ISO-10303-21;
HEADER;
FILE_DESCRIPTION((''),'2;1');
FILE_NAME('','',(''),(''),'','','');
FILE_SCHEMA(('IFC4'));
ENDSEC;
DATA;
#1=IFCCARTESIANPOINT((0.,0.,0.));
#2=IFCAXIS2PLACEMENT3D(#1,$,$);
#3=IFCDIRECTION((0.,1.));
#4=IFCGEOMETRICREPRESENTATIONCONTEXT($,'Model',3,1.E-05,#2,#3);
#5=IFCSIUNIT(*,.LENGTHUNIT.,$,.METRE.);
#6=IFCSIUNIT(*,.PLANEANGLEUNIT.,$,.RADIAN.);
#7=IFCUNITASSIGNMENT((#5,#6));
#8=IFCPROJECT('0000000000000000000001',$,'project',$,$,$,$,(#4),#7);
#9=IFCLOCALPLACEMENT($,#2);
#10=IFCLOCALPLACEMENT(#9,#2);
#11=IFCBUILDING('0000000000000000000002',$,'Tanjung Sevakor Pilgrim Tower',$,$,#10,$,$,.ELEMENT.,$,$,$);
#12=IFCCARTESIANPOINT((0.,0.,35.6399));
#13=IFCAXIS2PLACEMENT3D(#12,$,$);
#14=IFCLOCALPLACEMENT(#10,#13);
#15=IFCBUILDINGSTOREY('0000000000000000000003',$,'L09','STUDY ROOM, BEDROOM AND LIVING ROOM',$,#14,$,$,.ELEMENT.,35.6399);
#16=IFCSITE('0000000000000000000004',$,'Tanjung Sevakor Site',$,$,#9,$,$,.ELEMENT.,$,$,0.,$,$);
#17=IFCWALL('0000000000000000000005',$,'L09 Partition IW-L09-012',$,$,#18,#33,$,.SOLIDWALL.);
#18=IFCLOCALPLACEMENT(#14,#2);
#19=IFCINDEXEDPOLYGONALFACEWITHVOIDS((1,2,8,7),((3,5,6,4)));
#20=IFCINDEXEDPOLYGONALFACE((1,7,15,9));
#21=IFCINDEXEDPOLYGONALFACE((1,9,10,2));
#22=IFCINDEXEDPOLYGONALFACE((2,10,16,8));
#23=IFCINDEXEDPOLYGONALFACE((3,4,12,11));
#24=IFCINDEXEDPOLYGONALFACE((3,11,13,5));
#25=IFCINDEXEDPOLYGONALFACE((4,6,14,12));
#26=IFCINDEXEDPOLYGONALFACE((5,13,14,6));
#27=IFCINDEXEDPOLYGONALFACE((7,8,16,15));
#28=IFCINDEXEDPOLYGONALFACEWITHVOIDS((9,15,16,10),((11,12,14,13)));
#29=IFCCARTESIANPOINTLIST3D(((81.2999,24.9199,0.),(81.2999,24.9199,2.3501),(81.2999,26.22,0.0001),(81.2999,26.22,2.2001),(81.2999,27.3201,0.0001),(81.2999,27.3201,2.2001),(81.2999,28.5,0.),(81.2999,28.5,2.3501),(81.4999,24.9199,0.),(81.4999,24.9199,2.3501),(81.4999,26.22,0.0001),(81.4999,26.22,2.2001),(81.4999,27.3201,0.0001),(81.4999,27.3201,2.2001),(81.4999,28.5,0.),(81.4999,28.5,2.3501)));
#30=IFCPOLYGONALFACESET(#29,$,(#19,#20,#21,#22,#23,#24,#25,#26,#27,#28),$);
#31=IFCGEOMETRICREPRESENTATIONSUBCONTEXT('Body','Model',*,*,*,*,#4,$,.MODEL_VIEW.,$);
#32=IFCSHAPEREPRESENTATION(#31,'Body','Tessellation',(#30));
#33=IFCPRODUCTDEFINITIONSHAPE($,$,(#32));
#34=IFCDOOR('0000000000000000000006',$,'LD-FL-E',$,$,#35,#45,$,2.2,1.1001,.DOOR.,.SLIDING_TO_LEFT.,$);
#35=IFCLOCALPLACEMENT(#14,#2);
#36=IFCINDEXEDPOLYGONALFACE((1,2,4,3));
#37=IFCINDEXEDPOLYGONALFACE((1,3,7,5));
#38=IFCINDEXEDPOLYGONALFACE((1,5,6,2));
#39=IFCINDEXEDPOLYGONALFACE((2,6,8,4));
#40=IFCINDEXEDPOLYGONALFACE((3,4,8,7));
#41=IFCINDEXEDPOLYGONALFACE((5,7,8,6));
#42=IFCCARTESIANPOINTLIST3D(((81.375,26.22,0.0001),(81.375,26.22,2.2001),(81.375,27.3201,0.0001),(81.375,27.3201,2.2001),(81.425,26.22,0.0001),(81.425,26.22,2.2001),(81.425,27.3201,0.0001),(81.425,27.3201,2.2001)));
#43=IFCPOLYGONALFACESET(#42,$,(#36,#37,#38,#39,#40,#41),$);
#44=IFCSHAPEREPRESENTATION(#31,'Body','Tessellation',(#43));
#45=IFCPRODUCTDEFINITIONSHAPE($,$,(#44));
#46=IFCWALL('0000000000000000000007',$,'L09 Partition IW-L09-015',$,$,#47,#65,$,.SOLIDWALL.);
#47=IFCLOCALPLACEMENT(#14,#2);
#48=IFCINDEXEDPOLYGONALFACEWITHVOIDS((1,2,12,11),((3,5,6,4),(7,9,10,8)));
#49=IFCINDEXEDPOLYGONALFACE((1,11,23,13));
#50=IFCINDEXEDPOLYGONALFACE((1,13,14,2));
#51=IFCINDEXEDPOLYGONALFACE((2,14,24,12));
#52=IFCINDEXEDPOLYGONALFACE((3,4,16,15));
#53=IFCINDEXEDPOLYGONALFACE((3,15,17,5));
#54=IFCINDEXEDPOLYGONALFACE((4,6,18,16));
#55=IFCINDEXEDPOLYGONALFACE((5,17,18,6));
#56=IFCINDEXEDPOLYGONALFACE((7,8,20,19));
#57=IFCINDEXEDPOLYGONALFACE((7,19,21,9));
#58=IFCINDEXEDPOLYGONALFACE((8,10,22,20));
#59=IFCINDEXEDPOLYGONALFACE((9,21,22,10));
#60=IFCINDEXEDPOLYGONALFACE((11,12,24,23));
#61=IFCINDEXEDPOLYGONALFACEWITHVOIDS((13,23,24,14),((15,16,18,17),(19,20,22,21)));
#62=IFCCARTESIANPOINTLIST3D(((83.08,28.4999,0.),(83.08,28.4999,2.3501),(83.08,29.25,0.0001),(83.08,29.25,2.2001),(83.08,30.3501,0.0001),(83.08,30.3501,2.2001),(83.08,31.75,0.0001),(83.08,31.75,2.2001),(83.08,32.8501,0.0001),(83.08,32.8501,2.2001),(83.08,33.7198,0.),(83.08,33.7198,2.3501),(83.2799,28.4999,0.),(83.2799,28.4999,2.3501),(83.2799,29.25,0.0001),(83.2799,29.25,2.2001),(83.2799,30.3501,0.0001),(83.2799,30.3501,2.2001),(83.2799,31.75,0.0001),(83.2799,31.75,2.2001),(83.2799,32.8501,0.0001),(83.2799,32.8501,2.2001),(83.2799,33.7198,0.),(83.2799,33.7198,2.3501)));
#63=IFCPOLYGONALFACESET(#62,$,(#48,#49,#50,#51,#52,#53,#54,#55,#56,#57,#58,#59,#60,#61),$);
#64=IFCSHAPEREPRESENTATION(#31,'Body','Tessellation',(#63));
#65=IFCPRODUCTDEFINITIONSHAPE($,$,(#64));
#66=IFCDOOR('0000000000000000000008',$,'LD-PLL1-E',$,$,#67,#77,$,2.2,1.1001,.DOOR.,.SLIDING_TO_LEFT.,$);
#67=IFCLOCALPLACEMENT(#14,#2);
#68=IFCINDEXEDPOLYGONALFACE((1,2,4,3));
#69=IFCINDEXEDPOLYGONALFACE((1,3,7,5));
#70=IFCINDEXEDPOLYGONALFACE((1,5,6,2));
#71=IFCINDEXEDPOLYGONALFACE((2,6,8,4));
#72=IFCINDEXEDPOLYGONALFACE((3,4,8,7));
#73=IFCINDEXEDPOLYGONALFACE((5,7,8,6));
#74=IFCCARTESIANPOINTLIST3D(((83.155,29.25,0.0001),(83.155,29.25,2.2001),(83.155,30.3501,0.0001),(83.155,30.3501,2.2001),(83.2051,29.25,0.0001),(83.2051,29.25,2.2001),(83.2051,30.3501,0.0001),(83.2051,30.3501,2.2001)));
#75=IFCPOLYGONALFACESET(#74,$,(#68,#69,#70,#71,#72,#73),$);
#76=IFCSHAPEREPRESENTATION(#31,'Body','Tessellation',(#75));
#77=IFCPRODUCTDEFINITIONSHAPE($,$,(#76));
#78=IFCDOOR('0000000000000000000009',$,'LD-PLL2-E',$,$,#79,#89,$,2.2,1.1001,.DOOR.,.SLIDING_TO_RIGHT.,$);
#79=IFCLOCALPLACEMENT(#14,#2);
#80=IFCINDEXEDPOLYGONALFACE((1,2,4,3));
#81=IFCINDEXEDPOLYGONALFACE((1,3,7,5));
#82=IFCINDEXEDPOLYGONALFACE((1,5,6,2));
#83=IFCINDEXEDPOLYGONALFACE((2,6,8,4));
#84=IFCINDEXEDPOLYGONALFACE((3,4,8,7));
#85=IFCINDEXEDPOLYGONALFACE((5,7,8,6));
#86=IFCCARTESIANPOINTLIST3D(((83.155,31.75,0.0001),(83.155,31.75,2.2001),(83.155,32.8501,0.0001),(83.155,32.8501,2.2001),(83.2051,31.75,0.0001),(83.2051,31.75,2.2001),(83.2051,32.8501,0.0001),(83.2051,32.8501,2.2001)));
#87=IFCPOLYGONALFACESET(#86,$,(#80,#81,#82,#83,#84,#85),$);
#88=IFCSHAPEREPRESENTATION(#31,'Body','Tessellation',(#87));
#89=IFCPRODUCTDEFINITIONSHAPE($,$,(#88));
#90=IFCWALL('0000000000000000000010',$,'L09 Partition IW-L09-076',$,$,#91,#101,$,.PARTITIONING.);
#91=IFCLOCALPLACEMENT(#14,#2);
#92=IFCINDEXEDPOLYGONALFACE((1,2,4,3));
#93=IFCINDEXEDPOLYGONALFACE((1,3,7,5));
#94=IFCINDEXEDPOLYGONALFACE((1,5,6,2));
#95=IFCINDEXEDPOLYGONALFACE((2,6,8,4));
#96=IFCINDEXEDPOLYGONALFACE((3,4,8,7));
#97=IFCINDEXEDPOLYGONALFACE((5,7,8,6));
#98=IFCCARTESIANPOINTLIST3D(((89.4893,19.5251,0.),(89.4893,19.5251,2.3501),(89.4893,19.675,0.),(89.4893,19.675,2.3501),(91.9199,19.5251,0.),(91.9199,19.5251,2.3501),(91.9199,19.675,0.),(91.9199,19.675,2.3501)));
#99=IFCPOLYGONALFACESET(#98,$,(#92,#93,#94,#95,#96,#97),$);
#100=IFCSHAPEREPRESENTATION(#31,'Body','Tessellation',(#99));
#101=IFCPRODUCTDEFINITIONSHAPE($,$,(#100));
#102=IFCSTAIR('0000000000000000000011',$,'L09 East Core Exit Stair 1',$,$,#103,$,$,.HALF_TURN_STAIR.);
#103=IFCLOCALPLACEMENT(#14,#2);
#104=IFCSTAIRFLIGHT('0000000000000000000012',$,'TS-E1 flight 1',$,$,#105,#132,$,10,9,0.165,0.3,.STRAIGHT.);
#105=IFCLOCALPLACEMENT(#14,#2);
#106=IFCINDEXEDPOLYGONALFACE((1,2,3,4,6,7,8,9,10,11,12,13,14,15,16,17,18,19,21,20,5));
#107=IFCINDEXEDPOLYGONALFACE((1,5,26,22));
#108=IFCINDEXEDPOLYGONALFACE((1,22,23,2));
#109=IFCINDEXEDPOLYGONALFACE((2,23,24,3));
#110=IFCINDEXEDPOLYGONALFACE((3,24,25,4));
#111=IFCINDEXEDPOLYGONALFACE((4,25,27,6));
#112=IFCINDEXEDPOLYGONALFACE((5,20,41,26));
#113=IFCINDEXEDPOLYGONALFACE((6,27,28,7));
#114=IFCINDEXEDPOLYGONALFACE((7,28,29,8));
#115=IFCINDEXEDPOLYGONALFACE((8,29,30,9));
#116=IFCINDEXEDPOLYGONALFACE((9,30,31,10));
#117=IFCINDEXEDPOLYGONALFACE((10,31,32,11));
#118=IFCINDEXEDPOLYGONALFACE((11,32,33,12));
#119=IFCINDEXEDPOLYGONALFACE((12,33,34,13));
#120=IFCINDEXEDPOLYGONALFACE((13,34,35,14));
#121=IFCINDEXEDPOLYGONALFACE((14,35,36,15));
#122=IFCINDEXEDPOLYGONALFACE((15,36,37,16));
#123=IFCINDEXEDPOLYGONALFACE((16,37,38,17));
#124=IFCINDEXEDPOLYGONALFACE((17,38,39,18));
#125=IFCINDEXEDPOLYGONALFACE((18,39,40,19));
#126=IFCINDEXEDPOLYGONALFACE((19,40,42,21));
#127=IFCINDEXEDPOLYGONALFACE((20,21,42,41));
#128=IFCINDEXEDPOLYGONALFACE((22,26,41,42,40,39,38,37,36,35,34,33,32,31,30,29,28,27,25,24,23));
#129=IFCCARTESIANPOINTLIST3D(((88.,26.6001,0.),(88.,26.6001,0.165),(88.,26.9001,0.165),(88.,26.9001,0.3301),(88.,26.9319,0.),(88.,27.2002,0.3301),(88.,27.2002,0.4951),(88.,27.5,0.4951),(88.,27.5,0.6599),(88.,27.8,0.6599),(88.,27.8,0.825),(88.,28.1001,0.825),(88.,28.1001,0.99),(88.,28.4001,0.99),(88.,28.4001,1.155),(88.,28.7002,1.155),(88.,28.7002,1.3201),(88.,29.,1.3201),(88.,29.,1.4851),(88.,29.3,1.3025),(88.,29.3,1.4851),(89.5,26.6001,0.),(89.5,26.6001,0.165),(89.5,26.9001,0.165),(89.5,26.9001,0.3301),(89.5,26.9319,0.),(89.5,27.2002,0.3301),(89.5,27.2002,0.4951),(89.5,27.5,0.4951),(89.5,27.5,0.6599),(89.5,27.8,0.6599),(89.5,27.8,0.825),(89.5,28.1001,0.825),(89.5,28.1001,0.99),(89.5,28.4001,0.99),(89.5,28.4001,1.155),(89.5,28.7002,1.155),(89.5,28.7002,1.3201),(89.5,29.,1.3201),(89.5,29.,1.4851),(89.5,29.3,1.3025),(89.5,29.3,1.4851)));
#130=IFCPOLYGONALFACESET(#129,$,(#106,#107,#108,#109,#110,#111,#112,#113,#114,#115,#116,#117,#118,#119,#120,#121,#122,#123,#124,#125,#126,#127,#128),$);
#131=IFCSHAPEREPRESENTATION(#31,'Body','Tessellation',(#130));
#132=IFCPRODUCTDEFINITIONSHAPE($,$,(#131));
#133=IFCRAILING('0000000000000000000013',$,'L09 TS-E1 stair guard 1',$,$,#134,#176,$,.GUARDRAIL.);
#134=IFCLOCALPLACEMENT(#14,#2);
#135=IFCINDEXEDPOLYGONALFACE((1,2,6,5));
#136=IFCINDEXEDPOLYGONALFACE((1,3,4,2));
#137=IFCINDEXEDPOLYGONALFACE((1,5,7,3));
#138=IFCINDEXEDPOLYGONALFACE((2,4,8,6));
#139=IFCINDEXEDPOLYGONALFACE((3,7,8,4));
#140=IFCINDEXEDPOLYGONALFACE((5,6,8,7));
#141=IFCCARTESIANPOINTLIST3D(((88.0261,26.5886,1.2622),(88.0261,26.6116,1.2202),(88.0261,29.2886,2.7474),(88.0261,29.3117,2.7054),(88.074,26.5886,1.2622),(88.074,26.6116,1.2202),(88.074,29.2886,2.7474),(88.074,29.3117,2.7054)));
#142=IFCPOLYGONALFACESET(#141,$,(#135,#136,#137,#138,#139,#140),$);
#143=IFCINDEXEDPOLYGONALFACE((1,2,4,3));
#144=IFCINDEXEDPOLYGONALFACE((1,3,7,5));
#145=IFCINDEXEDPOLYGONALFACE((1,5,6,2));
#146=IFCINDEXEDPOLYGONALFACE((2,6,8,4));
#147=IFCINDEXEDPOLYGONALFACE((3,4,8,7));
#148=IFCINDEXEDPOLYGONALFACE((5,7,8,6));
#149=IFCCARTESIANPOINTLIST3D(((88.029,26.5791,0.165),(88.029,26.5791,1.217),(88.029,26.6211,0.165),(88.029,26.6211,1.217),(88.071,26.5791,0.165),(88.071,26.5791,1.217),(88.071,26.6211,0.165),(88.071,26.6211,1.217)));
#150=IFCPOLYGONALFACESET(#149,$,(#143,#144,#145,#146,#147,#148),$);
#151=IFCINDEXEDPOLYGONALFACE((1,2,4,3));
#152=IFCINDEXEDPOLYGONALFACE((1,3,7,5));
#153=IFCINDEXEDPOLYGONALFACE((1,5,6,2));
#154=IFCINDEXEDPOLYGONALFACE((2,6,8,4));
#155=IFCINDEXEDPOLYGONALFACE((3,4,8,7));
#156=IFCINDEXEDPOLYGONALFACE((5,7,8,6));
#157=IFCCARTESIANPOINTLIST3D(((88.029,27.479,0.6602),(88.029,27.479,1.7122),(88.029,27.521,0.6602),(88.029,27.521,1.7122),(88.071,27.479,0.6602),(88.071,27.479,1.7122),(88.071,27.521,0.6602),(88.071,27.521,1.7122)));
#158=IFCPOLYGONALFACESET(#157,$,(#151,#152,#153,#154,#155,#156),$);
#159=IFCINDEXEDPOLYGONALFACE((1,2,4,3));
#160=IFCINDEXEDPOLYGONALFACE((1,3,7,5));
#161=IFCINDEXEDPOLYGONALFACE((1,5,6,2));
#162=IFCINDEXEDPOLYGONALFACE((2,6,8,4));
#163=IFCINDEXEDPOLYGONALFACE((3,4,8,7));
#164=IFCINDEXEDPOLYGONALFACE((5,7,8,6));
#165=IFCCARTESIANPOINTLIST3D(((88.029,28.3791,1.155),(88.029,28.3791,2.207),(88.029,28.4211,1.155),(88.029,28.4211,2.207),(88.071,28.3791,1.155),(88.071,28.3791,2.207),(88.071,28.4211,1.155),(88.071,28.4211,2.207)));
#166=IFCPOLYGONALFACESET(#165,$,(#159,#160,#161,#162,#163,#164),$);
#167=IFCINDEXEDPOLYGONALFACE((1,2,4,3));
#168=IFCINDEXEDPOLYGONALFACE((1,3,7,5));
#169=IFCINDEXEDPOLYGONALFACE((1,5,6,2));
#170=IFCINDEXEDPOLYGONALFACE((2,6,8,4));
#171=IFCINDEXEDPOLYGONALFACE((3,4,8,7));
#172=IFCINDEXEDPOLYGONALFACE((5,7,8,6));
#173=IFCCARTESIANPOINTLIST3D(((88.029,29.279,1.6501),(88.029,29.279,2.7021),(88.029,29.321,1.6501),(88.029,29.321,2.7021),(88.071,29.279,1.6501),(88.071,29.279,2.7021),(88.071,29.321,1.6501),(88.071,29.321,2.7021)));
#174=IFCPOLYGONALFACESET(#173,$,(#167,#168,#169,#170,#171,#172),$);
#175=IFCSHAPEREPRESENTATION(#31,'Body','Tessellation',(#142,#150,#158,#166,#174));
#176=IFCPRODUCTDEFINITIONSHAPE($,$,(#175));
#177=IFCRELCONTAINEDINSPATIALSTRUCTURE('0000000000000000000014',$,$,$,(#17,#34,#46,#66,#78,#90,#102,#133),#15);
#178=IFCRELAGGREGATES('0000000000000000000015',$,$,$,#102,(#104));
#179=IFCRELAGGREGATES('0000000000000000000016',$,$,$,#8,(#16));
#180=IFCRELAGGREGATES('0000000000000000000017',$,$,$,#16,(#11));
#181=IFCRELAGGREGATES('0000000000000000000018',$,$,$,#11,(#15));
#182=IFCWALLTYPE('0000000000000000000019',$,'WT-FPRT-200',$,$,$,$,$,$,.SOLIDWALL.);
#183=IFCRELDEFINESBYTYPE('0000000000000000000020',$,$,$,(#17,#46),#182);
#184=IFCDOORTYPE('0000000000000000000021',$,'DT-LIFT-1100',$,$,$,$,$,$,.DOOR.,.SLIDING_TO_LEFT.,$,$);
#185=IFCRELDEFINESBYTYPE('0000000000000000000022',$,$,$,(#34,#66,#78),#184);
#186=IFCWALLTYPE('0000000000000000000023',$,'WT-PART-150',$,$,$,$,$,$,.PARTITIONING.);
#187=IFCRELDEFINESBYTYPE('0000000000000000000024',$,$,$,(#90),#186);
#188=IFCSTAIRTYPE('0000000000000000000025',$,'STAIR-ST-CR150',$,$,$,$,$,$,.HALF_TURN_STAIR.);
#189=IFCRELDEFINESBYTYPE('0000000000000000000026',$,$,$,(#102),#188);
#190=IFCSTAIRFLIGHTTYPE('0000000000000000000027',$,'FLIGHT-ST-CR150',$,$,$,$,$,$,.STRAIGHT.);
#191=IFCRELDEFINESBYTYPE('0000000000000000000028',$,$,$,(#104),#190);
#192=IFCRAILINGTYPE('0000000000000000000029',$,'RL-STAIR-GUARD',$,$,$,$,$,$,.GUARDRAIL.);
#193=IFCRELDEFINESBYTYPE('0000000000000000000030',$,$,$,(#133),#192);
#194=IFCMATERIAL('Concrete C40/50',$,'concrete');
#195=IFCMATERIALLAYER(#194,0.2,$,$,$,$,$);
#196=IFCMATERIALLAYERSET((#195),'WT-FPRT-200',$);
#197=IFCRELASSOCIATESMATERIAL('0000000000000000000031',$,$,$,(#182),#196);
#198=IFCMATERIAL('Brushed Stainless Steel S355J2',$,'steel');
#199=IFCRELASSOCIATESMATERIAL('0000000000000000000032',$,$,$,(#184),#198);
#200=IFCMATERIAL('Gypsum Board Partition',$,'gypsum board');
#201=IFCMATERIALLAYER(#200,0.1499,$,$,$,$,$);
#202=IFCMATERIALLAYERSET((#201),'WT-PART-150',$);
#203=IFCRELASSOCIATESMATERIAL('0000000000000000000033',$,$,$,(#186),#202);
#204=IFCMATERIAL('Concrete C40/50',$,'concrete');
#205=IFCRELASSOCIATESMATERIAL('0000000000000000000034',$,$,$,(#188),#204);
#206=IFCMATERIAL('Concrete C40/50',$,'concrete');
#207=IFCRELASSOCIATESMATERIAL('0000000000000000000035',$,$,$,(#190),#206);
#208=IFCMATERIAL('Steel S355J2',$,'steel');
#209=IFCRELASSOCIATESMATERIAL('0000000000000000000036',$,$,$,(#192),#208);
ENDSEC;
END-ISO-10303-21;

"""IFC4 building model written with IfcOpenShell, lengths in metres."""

from ifc_helpers import new_model, si_unit, direction, frame, frame_2d, origin, place, context, subcontext, project, spatial, polyline, rectangle, outline, extrude, material, layer, layer_set, type_object, element, fill, aggregate, save


model = new_model("IFC4")

# Units and contexts
model_context = context("Model", 3, precision=1e-05, world=origin(), true_north=direction((0.0, 1.0)))
body_context = subcontext(model_context, "Body", "Model", "MODEL_VIEW")
ifc_project = project(units=[si_unit("LENGTHUNIT", "METRE"), si_unit("PLANEANGLEUNIT", "RADIAN")], contexts=[model_context])

# Site, building, storey
site_placement = place(None, origin())
site = spatial("IfcSite", under=ifc_project, at=site_placement, Name="Tanjung Sevakor Site", CompositionType="ELEMENT", RefElevation=0.0)
building_placement = place(site_placement, origin())
building = spatial("IfcBuilding", under=site, at=building_placement, Name="Tanjung Sevakor Pilgrim Tower", CompositionType="ELEMENT")
storey_placement = place(building_placement, frame((0.0, 0.0, 35.6399)))
storey = spatial("IfcBuildingStorey", under=building, at=storey_placement, Name="L09", Description="STUDY ROOM, BEDROOM AND LIVING ROOM", CompositionType="ELEMENT", Elevation=35.6399)

# Wall, opening, door
ifc_material_1 = material(Name="Concrete C40/50", Category="concrete")
ifc_layer_1 = layer(ifc_material_1, 0.2)
ifc_layer_set_1 = layer_set([ifc_layer_1], Name="WT-FPRT-200")
wall_type_1 = type_object("IfcWallType", Name="WT-FPRT-200", PredefinedType="SOLIDWALL", material=ifc_layer_set_1)
wall_1_placement = place(storey_placement, frame((81.3999, 24.9199, 0.0), z_axis=(0.0, 0.0, 1.0), x_axis=(0.0, 1.0, 0.0)))
wall_1 = element("IfcWall", 1, at=wall_1_placement, inside=storey, type_object=wall_type_1, Name="L09 Partition IW-L09-012", PredefinedType="SOLIDWALL", context=body_context, shape_type="SweptSolid", body=[
    extrude(rectangle(XDim=3.5801, YDim=0.2, at=frame_2d((1.79, 0.0))), origin(), (0.0, 0.0, 1.0), 2.3501),
])
opening_1_placement = place(wall_1_placement, frame((1.3, 0.0, 0.0)))
opening_1 = element("IfcOpeningElement", 2, at=opening_1_placement, cuts=wall_1, PredefinedType="OPENING", context=body_context, shape_type="SweptSolid", body=[
    extrude(rectangle(XDim=1.1001, YDim=2.2, at=frame_2d((0.55, 1.1001))), frame((0.0, 0.1099, 0.0), z_axis=(0.0, -1.0, 0.0), x_axis=(1.0, 0.0, 0.0)), (0.0, 0.0, 1.0), 0.22),
])
ifc_material_2 = material(Name="Brushed Stainless Steel S355J2", Category="steel")
door_type_1 = type_object("IfcDoorType", Name="DT-LIFT-1100", OperationType="SLIDING_TO_LEFT", PredefinedType="DOOR", material=ifc_material_2)
door_1_placement = place(opening_1_placement, origin())
door_1 = element("IfcDoor", 3, at=door_1_placement, inside=storey, type_object=door_type_1, Name="LD-FL-E", OperationType="SLIDING_TO_LEFT", OverallHeight=2.2, OverallWidth=1.1001, PredefinedType="DOOR", context=body_context, shape_type="SweptSolid", body=[
    extrude(rectangle(XDim=1.1001, YDim=2.2, at=frame_2d((0.55, 1.1001))), frame((0.0, 0.0249, 0.0), z_axis=(0.0, -1.0, 0.0), x_axis=(1.0, 0.0, 0.0)), (0.0, 0.0, 1.0), 0.05),
])
fill(opening_1, door_1)

# Wall, openings, doors
wall_2_placement = place(storey_placement, frame((83.1799, 28.5, 0.0), z_axis=(0.0, 0.0, 1.0), x_axis=(0.0, 1.0, 0.0)))
wall_2 = element("IfcWall", 4, at=wall_2_placement, inside=storey, type_object=wall_type_1, Name="L09 Partition IW-L09-015", PredefinedType="SOLIDWALL", context=body_context, shape_type="SweptSolid", body=[
    extrude(rectangle(XDim=5.22, YDim=0.2, at=frame_2d((2.6099, 0.0))), origin(), (0.0, 0.0, 1.0), 2.3501),
])
opening_2_placement = place(wall_2_placement, frame((0.75, 0.0, 0.0)))
opening_2 = element("IfcOpeningElement", 5, at=opening_2_placement, cuts=wall_2, PredefinedType="OPENING", context=body_context, shape_type="SweptSolid", body=[
    extrude(rectangle(XDim=1.1001, YDim=2.2, at=frame_2d((0.55, 1.1001))), frame((0.0, 0.1099, 0.0), z_axis=(0.0, -1.0, 0.0), x_axis=(1.0, 0.0, 0.0)), (0.0, 0.0, 1.0), 0.22),
])
opening_3_placement = place(wall_2_placement, frame((3.25, 0.0, 0.0)))
opening_3 = element("IfcOpeningElement", 6, at=opening_3_placement, cuts=wall_2, PredefinedType="OPENING", context=body_context, shape_type="SweptSolid", body=[
    extrude(rectangle(XDim=1.1001, YDim=2.2, at=frame_2d((0.55, 1.1001))), frame((0.0, 0.1099, 0.0), z_axis=(0.0, -1.0, 0.0), x_axis=(1.0, 0.0, 0.0)), (0.0, 0.0, 1.0), 0.22),
])
door_2_placement = place(opening_2_placement, origin())
door_2 = element("IfcDoor", 7, at=door_2_placement, inside=storey, type_object=door_type_1, Name="LD-PLL1-E", OperationType="SLIDING_TO_LEFT", OverallHeight=2.2, OverallWidth=1.1001, PredefinedType="DOOR", context=body_context, shape_type="SweptSolid", body=[
    extrude(rectangle(XDim=1.1001, YDim=2.2, at=frame_2d((0.55, 1.1001))), frame((0.0, 0.0249, 0.0), z_axis=(0.0, -1.0, 0.0), x_axis=(1.0, 0.0, 0.0)), (0.0, 0.0, 1.0), 0.05),
])
fill(opening_2, door_2)
door_3_placement = place(opening_3_placement, origin())
door_3 = element("IfcDoor", 8, at=door_3_placement, inside=storey, type_object=door_type_1, Name="LD-PLL2-E", OperationType="SLIDING_TO_RIGHT", OverallHeight=2.2, OverallWidth=1.1001, PredefinedType="DOOR", context=body_context, shape_type="SweptSolid", body=[
    extrude(rectangle(XDim=1.1001, YDim=2.2, at=frame_2d((0.55, 1.1001))), frame((0.0, 0.0249, 0.0), z_axis=(0.0, -1.0, 0.0), x_axis=(1.0, 0.0, 0.0)), (0.0, 0.0, 1.0), 0.05),
])
fill(opening_3, door_3)

# Wall
ifc_material_3 = material(Name="Gypsum Board Partition", Category="gypsum board")
ifc_layer_2 = layer(ifc_material_3, 0.1499)
ifc_layer_set_2 = layer_set([ifc_layer_2], Name="WT-PART-150")
wall_type_2 = type_object("IfcWallType", Name="WT-PART-150", PredefinedType="PARTITIONING", material=ifc_layer_set_2)
wall_3_placement = place(storey_placement, frame((89.4893, 19.6001, 0.0), z_axis=(0.0, 0.0, 1.0), x_axis=(1.0, 0.0, 0.0)))
element("IfcWall", 9, at=wall_3_placement, inside=storey, type_object=wall_type_2, Name="L09 Partition IW-L09-076", PredefinedType="PARTITIONING", context=body_context, shape_type="SweptSolid", body=[
    extrude(rectangle(XDim=2.4307, YDim=0.1499, at=frame_2d((1.2153, 0.0))), origin(), (0.0, 0.0, 1.0), 2.3501),
])

# Stair, stair flight
ifc_material_4 = material(Name="Concrete C40/50", Category="concrete")
stair_type = type_object("IfcStairType", Name="STAIR-ST-CR150", PredefinedType="HALF_TURN_STAIR", material=ifc_material_4)
stair_placement = place(storey_placement, origin())
stair = element("IfcStair", 10, at=stair_placement, inside=storey, type_object=stair_type, Name="L09 East Core Exit Stair 1", PredefinedType="HALF_TURN_STAIR")
ifc_material_5 = material(Name="Concrete C40/50", Category="concrete")
stair_flight_type = type_object("IfcStairFlightType", Name="FLIGHT-ST-CR150", PredefinedType="STRAIGHT", material=ifc_material_5)
stair_flight_placement = place(storey_placement, frame((88.75, 26.6001, 0.0), z_axis=(0.0, 0.0, 1.0), x_axis=(0.0, 1.0, 0.0)))
stair_flight = element("IfcStairFlight", 11, at=stair_flight_placement, type_object=stair_flight_type, Name="TS-E1 flight 1", NumberOfRisers=10, NumberOfTreads=9, PredefinedType="STRAIGHT", RiserHeight=0.165, TreadLength=0.3, context=body_context, shape_type="SweptSolid", body=[
    extrude(outline(polyline([(0.0, 0.0), (0.0, 0.165), (0.3, 0.165), (0.3, 0.3301), (0.6001, 0.3301), (0.6001, 0.4951), (0.8999, 0.4951), (0.8999, 0.6599), (1.2, 0.6599), (1.2, 0.825), (1.5, 0.825), (1.5, 0.99), (1.8, 0.99), (1.8, 1.155), (2.1001, 1.155), (2.1001, 1.3201), (2.3999, 1.3201), (2.3999, 1.4851), (2.7, 1.4851), (2.7, 1.6499), (2.7, 1.3025), (0.3318, 0.0), (0.0, 0.0)])), frame((0.0, 0.75, 0.0), z_axis=(0.0, -1.0, 0.0), x_axis=(1.0, 0.0, 0.0)), (0.0, 0.0, 1.0), 1.5),
])
aggregate(stair, [stair_flight])

# Railing
ifc_material_6 = material(Name="Steel S355J2", Category="steel")
railing_type_1 = type_object("IfcRailingType", Name="RL-STAIR-GUARD", PredefinedType="GUARDRAIL", material=ifc_material_6)
railing_1_placement = place(storey_placement, frame((88.05, 26.6001, 0.165)))
element("IfcRailing", 12, at=railing_1_placement, inside=storey, type_object=railing_type_1, Name="L09 TS-E1 stair guard 1", PredefinedType="GUARDRAIL", context=body_context, shape_type="SweptSolid", body=[
    extrude(rectangle(XDim=0.0479, YDim=0.0479), frame((0.0, 0.0, 1.0762), z_axis=(0.0, 0.876198, 0.481952), x_axis=(-1.0, 0.0, 0.0)), (0.0, 0.0, 1.0), 3.0815),
    extrude(rectangle(XDim=0.042, YDim=0.042), origin(), (0.0, 0.0, 1.0), 1.052),
    extrude(rectangle(XDim=0.042, YDim=0.042), frame((0.0, 0.8999, 0.4951)), (0.0, 0.0, 1.0), 1.052),
    extrude(rectangle(XDim=0.042, YDim=0.042), frame((0.0, 1.8, 0.99)), (0.0, 0.0, 1.0), 1.052),
    extrude(rectangle(XDim=0.042, YDim=0.042), frame((0.0, 2.7, 1.4851)), (0.0, 0.0, 1.0), 1.052),
])

save(model, "model.ifc")
